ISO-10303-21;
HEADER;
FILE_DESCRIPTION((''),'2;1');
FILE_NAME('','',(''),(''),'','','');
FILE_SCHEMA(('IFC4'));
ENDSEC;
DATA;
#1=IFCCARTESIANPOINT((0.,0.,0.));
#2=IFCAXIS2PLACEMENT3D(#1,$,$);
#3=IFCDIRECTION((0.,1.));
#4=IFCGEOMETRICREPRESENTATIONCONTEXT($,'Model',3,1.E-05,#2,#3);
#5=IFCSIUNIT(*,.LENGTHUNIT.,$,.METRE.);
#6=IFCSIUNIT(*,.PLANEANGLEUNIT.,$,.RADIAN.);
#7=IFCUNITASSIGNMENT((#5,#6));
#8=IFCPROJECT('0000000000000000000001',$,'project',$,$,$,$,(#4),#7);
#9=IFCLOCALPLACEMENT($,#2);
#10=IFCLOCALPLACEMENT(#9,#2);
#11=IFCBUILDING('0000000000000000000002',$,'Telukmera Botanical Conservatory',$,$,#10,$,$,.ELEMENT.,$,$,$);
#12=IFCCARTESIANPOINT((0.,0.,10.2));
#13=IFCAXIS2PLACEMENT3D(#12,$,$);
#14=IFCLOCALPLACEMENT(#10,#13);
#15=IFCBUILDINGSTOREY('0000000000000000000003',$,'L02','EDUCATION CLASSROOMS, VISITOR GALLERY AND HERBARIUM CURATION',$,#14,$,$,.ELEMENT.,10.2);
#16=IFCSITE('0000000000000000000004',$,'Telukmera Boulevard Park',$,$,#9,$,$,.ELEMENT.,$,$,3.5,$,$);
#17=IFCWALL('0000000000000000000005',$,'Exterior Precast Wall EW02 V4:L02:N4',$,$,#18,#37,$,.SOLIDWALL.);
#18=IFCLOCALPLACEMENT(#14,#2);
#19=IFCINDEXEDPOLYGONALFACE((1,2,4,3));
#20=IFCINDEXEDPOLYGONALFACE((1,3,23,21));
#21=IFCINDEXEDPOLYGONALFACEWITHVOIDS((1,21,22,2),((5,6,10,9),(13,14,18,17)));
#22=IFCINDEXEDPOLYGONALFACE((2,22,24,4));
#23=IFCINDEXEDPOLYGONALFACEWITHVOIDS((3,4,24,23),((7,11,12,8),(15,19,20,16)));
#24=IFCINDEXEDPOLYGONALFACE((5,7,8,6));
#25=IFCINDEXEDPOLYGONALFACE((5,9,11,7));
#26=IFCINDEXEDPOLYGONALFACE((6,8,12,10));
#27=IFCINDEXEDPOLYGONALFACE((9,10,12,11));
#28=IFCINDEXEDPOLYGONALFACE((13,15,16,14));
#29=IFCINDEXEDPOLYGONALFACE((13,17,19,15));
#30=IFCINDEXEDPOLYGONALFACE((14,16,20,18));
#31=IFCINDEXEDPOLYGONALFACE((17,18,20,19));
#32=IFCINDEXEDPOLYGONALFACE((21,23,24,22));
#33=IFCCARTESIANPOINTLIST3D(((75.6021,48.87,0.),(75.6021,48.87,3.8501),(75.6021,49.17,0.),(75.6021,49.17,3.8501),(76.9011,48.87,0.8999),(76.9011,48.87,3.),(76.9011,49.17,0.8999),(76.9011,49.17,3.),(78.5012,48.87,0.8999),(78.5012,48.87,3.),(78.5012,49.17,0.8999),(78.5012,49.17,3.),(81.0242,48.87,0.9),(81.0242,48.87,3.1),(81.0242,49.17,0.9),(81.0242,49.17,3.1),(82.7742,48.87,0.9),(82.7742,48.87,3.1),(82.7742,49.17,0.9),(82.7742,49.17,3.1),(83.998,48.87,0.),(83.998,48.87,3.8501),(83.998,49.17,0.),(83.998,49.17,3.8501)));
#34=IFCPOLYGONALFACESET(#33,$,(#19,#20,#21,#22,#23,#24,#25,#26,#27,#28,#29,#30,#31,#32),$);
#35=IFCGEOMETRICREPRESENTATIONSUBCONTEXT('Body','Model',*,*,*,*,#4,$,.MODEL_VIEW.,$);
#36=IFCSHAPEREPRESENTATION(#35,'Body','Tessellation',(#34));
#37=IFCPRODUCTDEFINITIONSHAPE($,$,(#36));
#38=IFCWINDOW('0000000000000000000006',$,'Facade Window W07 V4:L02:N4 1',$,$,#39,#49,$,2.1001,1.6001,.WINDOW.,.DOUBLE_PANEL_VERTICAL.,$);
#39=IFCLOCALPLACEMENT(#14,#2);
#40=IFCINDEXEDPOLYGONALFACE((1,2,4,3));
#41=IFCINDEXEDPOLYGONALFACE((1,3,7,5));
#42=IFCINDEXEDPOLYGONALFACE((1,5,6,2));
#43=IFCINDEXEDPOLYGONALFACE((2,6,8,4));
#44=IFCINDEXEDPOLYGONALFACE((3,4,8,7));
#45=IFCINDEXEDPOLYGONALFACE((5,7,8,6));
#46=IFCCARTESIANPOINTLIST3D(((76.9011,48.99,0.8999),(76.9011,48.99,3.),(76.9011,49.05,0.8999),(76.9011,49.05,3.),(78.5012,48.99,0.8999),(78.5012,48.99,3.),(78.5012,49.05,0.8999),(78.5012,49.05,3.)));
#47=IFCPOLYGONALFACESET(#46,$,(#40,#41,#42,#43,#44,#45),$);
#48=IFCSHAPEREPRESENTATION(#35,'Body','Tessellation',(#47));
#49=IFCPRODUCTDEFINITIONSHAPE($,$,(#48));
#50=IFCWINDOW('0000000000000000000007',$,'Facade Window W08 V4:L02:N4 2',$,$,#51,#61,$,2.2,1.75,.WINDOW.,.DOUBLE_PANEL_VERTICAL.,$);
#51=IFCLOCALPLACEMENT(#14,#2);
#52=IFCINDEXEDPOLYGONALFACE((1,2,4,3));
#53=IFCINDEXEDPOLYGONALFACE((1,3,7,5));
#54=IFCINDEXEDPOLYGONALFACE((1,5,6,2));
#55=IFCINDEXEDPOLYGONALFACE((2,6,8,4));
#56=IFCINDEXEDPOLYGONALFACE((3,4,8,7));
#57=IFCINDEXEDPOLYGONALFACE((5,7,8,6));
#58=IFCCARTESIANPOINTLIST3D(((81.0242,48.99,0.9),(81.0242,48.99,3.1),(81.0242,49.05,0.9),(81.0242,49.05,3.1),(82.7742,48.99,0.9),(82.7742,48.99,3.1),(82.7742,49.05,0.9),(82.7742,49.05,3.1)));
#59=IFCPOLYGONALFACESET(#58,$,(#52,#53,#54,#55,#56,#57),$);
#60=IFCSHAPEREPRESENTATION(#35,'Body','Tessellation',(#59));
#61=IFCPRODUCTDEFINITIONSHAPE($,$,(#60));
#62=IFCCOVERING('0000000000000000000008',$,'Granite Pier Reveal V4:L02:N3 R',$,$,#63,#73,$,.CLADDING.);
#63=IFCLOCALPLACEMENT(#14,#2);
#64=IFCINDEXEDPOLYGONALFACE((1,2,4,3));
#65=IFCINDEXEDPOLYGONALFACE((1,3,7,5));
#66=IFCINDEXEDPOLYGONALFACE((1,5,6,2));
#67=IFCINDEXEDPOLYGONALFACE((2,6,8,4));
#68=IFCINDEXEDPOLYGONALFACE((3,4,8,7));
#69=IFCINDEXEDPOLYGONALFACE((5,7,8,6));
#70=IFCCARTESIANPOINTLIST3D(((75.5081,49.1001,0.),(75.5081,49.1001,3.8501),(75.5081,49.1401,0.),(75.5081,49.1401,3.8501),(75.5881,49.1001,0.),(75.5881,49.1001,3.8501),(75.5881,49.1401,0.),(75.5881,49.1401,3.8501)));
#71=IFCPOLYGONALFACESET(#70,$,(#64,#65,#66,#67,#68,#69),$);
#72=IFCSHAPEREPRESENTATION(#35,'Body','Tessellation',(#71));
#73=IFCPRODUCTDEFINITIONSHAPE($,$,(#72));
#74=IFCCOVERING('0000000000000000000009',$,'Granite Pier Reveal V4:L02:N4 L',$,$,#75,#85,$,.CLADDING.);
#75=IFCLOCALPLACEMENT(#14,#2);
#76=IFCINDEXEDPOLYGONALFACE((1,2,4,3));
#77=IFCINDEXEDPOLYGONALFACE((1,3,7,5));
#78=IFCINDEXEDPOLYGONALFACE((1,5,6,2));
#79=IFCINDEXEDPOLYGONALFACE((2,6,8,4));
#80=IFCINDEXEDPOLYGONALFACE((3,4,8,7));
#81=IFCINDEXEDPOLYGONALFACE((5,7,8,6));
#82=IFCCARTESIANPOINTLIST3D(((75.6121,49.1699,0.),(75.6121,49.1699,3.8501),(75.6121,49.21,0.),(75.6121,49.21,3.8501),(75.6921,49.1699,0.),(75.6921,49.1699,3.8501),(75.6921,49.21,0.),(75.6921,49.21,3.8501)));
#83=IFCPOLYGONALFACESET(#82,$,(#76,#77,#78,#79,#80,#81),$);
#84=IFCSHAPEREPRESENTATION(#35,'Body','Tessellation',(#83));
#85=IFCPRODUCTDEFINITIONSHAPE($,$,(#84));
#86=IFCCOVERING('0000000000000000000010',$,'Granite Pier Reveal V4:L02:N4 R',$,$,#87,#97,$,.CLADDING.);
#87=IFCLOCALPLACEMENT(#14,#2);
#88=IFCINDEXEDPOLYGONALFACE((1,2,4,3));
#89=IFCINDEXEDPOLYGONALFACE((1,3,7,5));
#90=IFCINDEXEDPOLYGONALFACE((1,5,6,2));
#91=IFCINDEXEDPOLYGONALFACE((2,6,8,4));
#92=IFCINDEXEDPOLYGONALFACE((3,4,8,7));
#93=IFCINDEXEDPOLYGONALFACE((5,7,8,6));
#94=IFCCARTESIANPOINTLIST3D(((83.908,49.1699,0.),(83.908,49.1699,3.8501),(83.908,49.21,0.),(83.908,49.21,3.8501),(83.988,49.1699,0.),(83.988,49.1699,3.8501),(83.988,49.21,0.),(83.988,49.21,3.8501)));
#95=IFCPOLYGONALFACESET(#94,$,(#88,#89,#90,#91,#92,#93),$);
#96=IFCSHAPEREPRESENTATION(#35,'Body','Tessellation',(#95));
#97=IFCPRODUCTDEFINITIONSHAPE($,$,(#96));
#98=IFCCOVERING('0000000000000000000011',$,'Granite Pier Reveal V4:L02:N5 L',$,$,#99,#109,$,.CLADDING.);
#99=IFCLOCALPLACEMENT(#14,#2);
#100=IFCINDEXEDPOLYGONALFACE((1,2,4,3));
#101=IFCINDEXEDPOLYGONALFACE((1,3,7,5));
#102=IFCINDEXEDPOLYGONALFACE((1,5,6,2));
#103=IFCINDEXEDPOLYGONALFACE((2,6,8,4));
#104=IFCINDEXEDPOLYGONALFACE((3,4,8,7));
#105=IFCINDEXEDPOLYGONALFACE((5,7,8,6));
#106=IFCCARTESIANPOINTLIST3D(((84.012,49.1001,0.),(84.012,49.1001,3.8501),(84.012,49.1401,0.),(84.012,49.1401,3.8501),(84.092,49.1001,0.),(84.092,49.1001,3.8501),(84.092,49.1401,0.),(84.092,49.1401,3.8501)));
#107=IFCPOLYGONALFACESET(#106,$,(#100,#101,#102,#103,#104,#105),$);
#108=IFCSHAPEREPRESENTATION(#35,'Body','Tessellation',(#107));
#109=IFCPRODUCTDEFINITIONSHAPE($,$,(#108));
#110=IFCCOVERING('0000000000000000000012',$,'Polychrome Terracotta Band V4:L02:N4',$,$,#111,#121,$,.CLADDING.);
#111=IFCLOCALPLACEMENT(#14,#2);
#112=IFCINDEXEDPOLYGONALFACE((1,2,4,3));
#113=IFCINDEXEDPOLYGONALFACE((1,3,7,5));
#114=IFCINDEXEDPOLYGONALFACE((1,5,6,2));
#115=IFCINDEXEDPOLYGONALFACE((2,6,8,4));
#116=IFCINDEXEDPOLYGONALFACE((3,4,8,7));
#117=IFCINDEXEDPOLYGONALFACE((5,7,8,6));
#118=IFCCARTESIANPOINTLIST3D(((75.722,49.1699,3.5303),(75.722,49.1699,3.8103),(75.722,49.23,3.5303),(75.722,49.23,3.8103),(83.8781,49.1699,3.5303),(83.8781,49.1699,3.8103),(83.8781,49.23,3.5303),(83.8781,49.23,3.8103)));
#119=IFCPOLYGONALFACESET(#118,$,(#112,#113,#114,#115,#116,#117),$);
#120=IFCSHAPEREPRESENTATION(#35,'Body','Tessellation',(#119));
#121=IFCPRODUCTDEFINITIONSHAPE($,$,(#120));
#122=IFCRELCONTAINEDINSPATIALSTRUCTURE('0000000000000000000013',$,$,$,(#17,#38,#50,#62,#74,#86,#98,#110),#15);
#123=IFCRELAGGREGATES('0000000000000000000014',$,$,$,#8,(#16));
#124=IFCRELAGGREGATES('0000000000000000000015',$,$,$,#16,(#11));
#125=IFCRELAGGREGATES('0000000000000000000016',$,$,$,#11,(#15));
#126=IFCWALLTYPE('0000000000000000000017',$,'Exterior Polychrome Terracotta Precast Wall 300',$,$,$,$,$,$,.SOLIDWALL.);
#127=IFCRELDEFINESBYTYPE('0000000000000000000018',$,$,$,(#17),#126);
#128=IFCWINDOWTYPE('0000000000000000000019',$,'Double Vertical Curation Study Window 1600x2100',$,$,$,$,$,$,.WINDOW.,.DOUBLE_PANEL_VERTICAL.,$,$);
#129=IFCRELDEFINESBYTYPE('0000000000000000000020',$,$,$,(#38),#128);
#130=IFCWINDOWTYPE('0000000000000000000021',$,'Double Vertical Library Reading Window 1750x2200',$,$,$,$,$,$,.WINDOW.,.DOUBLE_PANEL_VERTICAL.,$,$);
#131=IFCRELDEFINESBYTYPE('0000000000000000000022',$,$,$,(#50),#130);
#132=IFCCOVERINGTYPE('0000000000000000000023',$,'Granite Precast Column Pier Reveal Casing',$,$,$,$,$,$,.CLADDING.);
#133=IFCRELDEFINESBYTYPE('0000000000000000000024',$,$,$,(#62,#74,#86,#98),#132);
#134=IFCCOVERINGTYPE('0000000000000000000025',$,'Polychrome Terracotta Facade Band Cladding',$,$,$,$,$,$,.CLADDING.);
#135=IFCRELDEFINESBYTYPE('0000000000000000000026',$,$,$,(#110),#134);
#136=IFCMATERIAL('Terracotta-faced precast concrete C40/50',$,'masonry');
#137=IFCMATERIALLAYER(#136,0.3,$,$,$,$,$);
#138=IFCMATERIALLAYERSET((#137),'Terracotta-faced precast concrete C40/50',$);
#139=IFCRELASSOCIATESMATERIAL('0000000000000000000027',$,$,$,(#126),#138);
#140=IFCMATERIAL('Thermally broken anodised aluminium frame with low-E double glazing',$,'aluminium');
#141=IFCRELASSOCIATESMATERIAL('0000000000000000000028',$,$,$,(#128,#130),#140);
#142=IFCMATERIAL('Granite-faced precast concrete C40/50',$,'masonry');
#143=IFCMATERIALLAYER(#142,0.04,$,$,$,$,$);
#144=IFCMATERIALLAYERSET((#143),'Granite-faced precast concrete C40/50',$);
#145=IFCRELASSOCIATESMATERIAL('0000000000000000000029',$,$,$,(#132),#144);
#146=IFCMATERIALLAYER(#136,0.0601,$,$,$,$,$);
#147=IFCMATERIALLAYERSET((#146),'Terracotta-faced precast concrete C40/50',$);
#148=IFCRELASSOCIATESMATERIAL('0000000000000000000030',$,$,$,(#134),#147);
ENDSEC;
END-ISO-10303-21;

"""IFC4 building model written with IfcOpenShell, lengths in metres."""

from ifc_helpers import new_model, si_unit, direction, frame, frame_2d, origin, origin_2d, place, context, subcontext, project, spatial, rectangle, extrude, material, layer, layer_set, type_object, element, fill, save


model = new_model("IFC4")

# Units and contexts
model_context = context("Model", 3, precision=1e-05, world=origin(), true_north=direction((0.0, 1.0)))
body_context = subcontext(model_context, "Body", "Model", "MODEL_VIEW")
ifc_project = project(units=[si_unit("LENGTHUNIT", "METRE"), si_unit("PLANEANGLEUNIT", "RADIAN")], contexts=[model_context])

# Site, building, storey
site_placement = place(None, origin())
site = spatial("IfcSite", under=ifc_project, at=site_placement, Name="Telukmera Boulevard Park", CompositionType="ELEMENT", RefElevation=3.5)
building_placement = place(site_placement, origin())
building = spatial("IfcBuilding", under=site, at=building_placement, Name="Telukmera Botanical Conservatory", CompositionType="ELEMENT")
storey_placement = place(building_placement, frame((0.0, 0.0, 10.2)))
storey = spatial("IfcBuildingStorey", under=building, at=storey_placement, Name="L02", Description="EDUCATION CLASSROOMS, VISITOR GALLERY AND HERBARIUM CURATION", CompositionType="ELEMENT", Elevation=10.2)

# Wall, openings, windows
ifc_material_1 = material(Name="Terracotta-faced precast concrete C40/50", Category="masonry")
ifc_layer_1 = layer(ifc_material_1, 0.3)
ifc_layer_set_1 = layer_set([ifc_layer_1], Name="Terracotta-faced precast concrete C40/50")
wall_type = type_object("IfcWallType", Name="Exterior Polychrome Terracotta Precast Wall 300", PredefinedType="SOLIDWALL", material=ifc_layer_set_1)
wall_placement = place(storey_placement, frame((75.6021, 49.02, 0.0), z_axis=(0.0, 0.0, 1.0), x_axis=(1.0, 0.0, 0.0)))
wall = element("IfcWall", 1, at=wall_placement, inside=storey, type_object=wall_type, Name="Exterior Precast Wall EW02 V4:L02:N4", PredefinedType="SOLIDWALL", context=body_context, shape_type="SweptSolid", body=[
    extrude(rectangle(XDim=8.396, YDim=0.3, at=frame_2d((4.198, 0.0))), origin(), (0.0, 0.0, 1.0), 3.8501),
])
opening_1_placement = place(wall_placement, frame((1.2991, 0.0, 0.8999)))
opening_1 = element("IfcOpeningElement", 2, at=opening_1_placement, cuts=wall, PredefinedType="OPENING", context=body_context, shape_type="SweptSolid", body=[
    extrude(rectangle(XDim=1.6001, YDim=2.1001, at=frame_2d((0.8, 1.05))), frame((0.0, 0.1599, 0.0), z_axis=(0.0, -1.0, 0.0), x_axis=(1.0, 0.0, 0.0)), (0.0, 0.0, 1.0), 0.3201),
])
opening_2_placement = place(wall_placement, frame((5.4221, 0.0, 0.8999)))
opening_2 = element("IfcOpeningElement", 3, at=opening_2_placement, cuts=wall, PredefinedType="OPENING", context=body_context, shape_type="SweptSolid", body=[
    extrude(rectangle(XDim=1.75, YDim=2.2, at=frame_2d((0.875, 1.1001))), frame((0.0, 0.1599, 0.0), z_axis=(0.0, -1.0, 0.0), x_axis=(1.0, 0.0, 0.0)), (0.0, 0.0, 1.0), 0.3201),
])
ifc_material_2 = material(Name="Thermally broken anodised aluminium frame with low-E double glazing", Category="aluminium")
window_type_1 = type_object("IfcWindowType", Name="Double Vertical Curation Study Window 1600x2100", PartitioningType="DOUBLE_PANEL_VERTICAL", PredefinedType="WINDOW", material=ifc_material_2)
window_1_placement = place(opening_1_placement, origin())
window_1 = element("IfcWindow", 4, at=window_1_placement, inside=storey, type_object=window_type_1, Name="Facade Window W07 V4:L02:N4 1", OverallHeight=2.1001, OverallWidth=1.6001, PartitioningType="DOUBLE_PANEL_VERTICAL", PredefinedType="WINDOW", context=body_context, shape_type="SweptSolid", body=[
    extrude(rectangle(XDim=1.6001, YDim=2.1001, at=frame_2d((0.8, 1.05))), frame((0.0, 0.03, 0.0), z_axis=(0.0, -1.0, 0.0), x_axis=(1.0, 0.0, 0.0)), (0.0, 0.0, 1.0), 0.0601),
])
fill(opening_1, window_1)
window_type_2 = type_object("IfcWindowType", Name="Double Vertical Library Reading Window 1750x2200", PartitioningType="DOUBLE_PANEL_VERTICAL", PredefinedType="WINDOW", material=ifc_material_2)
window_2_placement = place(opening_2_placement, origin())
window_2 = element("IfcWindow", 5, at=window_2_placement, inside=storey, type_object=window_type_2, Name="Facade Window W08 V4:L02:N4 2", OverallHeight=2.2, OverallWidth=1.75, PartitioningType="DOUBLE_PANEL_VERTICAL", PredefinedType="WINDOW", context=body_context, shape_type="SweptSolid", body=[
    extrude(rectangle(XDim=1.75, YDim=2.2, at=frame_2d((0.875, 1.1001))), frame((0.0, 0.03, 0.0), z_axis=(0.0, -1.0, 0.0), x_axis=(1.0, 0.0, 0.0)), (0.0, 0.0, 1.0), 0.0601),
])
fill(opening_2, window_2)

# Coverings
ifc_material_3 = material(Name="Granite-faced precast concrete C40/50", Category="masonry")
ifc_layer_2 = layer(ifc_material_3, 0.04)
ifc_layer_set_2 = layer_set([ifc_layer_2], Name="Granite-faced precast concrete C40/50")
covering_type_1 = type_object("IfcCoveringType", Name="Granite Precast Column Pier Reveal Casing", PredefinedType="CLADDING", material=ifc_layer_set_2)
for number, where, z_axis, x_axis, name in (
    (6, (75.5481, 49.1201, 0.0), (0.0, 0.0, 1.0), (1.0, 0.0, 0.0), "Granite Pier Reveal V4:L02:N3 R"),
    (7, (75.6521, 49.1899, 0.0), (0.0, 0.0, 1.0), (1.0, 0.0, 0.0), "Granite Pier Reveal V4:L02:N4 L"),
    (8, (83.948, 49.1899, 0.0), (0.0, 0.0, 1.0), (1.0, 0.0, 0.0), "Granite Pier Reveal V4:L02:N4 R"),
    (9, (84.052, 49.1201, 0.0), (0.0, 0.0, 1.0), (1.0, 0.0, 0.0), "Granite Pier Reveal V4:L02:N5 L"),
):
    element("IfcCovering", number, at=place(storey_placement, frame(where, z_axis=z_axis, x_axis=x_axis)), inside=storey, type_object=covering_type_1, Name=name, PredefinedType="CLADDING", context=body_context, shape_type="SweptSolid", body=[
        extrude(rectangle(XDim=0.0801, YDim=0.04, at=origin_2d()), origin(), (0.0, 0.0, 1.0), 3.8501),
    ])
ifc_layer_3 = layer(ifc_material_1, 0.0601)
ifc_layer_set_3 = layer_set([ifc_layer_3], Name="Terracotta-faced precast concrete C40/50")
covering_type_2 = type_object("IfcCoveringType", Name="Polychrome Terracotta Facade Band Cladding", PredefinedType="CLADDING", material=ifc_layer_set_3)
covering_placement = place(storey_placement, frame((79.8, 49.2, 3.5303), z_axis=(0.0, 0.0, 1.0), x_axis=(1.0, 0.0, 0.0)))
element("IfcCovering", 10, at=covering_placement, inside=storey, type_object=covering_type_2, Name="Polychrome Terracotta Band V4:L02:N4", PredefinedType="CLADDING", context=body_context, shape_type="SweptSolid", body=[
    extrude(rectangle(XDim=8.156, YDim=0.0601, at=origin_2d()), origin(), (0.0, 0.0, 1.0), 0.28),
])

save(model, "model.ifc")
